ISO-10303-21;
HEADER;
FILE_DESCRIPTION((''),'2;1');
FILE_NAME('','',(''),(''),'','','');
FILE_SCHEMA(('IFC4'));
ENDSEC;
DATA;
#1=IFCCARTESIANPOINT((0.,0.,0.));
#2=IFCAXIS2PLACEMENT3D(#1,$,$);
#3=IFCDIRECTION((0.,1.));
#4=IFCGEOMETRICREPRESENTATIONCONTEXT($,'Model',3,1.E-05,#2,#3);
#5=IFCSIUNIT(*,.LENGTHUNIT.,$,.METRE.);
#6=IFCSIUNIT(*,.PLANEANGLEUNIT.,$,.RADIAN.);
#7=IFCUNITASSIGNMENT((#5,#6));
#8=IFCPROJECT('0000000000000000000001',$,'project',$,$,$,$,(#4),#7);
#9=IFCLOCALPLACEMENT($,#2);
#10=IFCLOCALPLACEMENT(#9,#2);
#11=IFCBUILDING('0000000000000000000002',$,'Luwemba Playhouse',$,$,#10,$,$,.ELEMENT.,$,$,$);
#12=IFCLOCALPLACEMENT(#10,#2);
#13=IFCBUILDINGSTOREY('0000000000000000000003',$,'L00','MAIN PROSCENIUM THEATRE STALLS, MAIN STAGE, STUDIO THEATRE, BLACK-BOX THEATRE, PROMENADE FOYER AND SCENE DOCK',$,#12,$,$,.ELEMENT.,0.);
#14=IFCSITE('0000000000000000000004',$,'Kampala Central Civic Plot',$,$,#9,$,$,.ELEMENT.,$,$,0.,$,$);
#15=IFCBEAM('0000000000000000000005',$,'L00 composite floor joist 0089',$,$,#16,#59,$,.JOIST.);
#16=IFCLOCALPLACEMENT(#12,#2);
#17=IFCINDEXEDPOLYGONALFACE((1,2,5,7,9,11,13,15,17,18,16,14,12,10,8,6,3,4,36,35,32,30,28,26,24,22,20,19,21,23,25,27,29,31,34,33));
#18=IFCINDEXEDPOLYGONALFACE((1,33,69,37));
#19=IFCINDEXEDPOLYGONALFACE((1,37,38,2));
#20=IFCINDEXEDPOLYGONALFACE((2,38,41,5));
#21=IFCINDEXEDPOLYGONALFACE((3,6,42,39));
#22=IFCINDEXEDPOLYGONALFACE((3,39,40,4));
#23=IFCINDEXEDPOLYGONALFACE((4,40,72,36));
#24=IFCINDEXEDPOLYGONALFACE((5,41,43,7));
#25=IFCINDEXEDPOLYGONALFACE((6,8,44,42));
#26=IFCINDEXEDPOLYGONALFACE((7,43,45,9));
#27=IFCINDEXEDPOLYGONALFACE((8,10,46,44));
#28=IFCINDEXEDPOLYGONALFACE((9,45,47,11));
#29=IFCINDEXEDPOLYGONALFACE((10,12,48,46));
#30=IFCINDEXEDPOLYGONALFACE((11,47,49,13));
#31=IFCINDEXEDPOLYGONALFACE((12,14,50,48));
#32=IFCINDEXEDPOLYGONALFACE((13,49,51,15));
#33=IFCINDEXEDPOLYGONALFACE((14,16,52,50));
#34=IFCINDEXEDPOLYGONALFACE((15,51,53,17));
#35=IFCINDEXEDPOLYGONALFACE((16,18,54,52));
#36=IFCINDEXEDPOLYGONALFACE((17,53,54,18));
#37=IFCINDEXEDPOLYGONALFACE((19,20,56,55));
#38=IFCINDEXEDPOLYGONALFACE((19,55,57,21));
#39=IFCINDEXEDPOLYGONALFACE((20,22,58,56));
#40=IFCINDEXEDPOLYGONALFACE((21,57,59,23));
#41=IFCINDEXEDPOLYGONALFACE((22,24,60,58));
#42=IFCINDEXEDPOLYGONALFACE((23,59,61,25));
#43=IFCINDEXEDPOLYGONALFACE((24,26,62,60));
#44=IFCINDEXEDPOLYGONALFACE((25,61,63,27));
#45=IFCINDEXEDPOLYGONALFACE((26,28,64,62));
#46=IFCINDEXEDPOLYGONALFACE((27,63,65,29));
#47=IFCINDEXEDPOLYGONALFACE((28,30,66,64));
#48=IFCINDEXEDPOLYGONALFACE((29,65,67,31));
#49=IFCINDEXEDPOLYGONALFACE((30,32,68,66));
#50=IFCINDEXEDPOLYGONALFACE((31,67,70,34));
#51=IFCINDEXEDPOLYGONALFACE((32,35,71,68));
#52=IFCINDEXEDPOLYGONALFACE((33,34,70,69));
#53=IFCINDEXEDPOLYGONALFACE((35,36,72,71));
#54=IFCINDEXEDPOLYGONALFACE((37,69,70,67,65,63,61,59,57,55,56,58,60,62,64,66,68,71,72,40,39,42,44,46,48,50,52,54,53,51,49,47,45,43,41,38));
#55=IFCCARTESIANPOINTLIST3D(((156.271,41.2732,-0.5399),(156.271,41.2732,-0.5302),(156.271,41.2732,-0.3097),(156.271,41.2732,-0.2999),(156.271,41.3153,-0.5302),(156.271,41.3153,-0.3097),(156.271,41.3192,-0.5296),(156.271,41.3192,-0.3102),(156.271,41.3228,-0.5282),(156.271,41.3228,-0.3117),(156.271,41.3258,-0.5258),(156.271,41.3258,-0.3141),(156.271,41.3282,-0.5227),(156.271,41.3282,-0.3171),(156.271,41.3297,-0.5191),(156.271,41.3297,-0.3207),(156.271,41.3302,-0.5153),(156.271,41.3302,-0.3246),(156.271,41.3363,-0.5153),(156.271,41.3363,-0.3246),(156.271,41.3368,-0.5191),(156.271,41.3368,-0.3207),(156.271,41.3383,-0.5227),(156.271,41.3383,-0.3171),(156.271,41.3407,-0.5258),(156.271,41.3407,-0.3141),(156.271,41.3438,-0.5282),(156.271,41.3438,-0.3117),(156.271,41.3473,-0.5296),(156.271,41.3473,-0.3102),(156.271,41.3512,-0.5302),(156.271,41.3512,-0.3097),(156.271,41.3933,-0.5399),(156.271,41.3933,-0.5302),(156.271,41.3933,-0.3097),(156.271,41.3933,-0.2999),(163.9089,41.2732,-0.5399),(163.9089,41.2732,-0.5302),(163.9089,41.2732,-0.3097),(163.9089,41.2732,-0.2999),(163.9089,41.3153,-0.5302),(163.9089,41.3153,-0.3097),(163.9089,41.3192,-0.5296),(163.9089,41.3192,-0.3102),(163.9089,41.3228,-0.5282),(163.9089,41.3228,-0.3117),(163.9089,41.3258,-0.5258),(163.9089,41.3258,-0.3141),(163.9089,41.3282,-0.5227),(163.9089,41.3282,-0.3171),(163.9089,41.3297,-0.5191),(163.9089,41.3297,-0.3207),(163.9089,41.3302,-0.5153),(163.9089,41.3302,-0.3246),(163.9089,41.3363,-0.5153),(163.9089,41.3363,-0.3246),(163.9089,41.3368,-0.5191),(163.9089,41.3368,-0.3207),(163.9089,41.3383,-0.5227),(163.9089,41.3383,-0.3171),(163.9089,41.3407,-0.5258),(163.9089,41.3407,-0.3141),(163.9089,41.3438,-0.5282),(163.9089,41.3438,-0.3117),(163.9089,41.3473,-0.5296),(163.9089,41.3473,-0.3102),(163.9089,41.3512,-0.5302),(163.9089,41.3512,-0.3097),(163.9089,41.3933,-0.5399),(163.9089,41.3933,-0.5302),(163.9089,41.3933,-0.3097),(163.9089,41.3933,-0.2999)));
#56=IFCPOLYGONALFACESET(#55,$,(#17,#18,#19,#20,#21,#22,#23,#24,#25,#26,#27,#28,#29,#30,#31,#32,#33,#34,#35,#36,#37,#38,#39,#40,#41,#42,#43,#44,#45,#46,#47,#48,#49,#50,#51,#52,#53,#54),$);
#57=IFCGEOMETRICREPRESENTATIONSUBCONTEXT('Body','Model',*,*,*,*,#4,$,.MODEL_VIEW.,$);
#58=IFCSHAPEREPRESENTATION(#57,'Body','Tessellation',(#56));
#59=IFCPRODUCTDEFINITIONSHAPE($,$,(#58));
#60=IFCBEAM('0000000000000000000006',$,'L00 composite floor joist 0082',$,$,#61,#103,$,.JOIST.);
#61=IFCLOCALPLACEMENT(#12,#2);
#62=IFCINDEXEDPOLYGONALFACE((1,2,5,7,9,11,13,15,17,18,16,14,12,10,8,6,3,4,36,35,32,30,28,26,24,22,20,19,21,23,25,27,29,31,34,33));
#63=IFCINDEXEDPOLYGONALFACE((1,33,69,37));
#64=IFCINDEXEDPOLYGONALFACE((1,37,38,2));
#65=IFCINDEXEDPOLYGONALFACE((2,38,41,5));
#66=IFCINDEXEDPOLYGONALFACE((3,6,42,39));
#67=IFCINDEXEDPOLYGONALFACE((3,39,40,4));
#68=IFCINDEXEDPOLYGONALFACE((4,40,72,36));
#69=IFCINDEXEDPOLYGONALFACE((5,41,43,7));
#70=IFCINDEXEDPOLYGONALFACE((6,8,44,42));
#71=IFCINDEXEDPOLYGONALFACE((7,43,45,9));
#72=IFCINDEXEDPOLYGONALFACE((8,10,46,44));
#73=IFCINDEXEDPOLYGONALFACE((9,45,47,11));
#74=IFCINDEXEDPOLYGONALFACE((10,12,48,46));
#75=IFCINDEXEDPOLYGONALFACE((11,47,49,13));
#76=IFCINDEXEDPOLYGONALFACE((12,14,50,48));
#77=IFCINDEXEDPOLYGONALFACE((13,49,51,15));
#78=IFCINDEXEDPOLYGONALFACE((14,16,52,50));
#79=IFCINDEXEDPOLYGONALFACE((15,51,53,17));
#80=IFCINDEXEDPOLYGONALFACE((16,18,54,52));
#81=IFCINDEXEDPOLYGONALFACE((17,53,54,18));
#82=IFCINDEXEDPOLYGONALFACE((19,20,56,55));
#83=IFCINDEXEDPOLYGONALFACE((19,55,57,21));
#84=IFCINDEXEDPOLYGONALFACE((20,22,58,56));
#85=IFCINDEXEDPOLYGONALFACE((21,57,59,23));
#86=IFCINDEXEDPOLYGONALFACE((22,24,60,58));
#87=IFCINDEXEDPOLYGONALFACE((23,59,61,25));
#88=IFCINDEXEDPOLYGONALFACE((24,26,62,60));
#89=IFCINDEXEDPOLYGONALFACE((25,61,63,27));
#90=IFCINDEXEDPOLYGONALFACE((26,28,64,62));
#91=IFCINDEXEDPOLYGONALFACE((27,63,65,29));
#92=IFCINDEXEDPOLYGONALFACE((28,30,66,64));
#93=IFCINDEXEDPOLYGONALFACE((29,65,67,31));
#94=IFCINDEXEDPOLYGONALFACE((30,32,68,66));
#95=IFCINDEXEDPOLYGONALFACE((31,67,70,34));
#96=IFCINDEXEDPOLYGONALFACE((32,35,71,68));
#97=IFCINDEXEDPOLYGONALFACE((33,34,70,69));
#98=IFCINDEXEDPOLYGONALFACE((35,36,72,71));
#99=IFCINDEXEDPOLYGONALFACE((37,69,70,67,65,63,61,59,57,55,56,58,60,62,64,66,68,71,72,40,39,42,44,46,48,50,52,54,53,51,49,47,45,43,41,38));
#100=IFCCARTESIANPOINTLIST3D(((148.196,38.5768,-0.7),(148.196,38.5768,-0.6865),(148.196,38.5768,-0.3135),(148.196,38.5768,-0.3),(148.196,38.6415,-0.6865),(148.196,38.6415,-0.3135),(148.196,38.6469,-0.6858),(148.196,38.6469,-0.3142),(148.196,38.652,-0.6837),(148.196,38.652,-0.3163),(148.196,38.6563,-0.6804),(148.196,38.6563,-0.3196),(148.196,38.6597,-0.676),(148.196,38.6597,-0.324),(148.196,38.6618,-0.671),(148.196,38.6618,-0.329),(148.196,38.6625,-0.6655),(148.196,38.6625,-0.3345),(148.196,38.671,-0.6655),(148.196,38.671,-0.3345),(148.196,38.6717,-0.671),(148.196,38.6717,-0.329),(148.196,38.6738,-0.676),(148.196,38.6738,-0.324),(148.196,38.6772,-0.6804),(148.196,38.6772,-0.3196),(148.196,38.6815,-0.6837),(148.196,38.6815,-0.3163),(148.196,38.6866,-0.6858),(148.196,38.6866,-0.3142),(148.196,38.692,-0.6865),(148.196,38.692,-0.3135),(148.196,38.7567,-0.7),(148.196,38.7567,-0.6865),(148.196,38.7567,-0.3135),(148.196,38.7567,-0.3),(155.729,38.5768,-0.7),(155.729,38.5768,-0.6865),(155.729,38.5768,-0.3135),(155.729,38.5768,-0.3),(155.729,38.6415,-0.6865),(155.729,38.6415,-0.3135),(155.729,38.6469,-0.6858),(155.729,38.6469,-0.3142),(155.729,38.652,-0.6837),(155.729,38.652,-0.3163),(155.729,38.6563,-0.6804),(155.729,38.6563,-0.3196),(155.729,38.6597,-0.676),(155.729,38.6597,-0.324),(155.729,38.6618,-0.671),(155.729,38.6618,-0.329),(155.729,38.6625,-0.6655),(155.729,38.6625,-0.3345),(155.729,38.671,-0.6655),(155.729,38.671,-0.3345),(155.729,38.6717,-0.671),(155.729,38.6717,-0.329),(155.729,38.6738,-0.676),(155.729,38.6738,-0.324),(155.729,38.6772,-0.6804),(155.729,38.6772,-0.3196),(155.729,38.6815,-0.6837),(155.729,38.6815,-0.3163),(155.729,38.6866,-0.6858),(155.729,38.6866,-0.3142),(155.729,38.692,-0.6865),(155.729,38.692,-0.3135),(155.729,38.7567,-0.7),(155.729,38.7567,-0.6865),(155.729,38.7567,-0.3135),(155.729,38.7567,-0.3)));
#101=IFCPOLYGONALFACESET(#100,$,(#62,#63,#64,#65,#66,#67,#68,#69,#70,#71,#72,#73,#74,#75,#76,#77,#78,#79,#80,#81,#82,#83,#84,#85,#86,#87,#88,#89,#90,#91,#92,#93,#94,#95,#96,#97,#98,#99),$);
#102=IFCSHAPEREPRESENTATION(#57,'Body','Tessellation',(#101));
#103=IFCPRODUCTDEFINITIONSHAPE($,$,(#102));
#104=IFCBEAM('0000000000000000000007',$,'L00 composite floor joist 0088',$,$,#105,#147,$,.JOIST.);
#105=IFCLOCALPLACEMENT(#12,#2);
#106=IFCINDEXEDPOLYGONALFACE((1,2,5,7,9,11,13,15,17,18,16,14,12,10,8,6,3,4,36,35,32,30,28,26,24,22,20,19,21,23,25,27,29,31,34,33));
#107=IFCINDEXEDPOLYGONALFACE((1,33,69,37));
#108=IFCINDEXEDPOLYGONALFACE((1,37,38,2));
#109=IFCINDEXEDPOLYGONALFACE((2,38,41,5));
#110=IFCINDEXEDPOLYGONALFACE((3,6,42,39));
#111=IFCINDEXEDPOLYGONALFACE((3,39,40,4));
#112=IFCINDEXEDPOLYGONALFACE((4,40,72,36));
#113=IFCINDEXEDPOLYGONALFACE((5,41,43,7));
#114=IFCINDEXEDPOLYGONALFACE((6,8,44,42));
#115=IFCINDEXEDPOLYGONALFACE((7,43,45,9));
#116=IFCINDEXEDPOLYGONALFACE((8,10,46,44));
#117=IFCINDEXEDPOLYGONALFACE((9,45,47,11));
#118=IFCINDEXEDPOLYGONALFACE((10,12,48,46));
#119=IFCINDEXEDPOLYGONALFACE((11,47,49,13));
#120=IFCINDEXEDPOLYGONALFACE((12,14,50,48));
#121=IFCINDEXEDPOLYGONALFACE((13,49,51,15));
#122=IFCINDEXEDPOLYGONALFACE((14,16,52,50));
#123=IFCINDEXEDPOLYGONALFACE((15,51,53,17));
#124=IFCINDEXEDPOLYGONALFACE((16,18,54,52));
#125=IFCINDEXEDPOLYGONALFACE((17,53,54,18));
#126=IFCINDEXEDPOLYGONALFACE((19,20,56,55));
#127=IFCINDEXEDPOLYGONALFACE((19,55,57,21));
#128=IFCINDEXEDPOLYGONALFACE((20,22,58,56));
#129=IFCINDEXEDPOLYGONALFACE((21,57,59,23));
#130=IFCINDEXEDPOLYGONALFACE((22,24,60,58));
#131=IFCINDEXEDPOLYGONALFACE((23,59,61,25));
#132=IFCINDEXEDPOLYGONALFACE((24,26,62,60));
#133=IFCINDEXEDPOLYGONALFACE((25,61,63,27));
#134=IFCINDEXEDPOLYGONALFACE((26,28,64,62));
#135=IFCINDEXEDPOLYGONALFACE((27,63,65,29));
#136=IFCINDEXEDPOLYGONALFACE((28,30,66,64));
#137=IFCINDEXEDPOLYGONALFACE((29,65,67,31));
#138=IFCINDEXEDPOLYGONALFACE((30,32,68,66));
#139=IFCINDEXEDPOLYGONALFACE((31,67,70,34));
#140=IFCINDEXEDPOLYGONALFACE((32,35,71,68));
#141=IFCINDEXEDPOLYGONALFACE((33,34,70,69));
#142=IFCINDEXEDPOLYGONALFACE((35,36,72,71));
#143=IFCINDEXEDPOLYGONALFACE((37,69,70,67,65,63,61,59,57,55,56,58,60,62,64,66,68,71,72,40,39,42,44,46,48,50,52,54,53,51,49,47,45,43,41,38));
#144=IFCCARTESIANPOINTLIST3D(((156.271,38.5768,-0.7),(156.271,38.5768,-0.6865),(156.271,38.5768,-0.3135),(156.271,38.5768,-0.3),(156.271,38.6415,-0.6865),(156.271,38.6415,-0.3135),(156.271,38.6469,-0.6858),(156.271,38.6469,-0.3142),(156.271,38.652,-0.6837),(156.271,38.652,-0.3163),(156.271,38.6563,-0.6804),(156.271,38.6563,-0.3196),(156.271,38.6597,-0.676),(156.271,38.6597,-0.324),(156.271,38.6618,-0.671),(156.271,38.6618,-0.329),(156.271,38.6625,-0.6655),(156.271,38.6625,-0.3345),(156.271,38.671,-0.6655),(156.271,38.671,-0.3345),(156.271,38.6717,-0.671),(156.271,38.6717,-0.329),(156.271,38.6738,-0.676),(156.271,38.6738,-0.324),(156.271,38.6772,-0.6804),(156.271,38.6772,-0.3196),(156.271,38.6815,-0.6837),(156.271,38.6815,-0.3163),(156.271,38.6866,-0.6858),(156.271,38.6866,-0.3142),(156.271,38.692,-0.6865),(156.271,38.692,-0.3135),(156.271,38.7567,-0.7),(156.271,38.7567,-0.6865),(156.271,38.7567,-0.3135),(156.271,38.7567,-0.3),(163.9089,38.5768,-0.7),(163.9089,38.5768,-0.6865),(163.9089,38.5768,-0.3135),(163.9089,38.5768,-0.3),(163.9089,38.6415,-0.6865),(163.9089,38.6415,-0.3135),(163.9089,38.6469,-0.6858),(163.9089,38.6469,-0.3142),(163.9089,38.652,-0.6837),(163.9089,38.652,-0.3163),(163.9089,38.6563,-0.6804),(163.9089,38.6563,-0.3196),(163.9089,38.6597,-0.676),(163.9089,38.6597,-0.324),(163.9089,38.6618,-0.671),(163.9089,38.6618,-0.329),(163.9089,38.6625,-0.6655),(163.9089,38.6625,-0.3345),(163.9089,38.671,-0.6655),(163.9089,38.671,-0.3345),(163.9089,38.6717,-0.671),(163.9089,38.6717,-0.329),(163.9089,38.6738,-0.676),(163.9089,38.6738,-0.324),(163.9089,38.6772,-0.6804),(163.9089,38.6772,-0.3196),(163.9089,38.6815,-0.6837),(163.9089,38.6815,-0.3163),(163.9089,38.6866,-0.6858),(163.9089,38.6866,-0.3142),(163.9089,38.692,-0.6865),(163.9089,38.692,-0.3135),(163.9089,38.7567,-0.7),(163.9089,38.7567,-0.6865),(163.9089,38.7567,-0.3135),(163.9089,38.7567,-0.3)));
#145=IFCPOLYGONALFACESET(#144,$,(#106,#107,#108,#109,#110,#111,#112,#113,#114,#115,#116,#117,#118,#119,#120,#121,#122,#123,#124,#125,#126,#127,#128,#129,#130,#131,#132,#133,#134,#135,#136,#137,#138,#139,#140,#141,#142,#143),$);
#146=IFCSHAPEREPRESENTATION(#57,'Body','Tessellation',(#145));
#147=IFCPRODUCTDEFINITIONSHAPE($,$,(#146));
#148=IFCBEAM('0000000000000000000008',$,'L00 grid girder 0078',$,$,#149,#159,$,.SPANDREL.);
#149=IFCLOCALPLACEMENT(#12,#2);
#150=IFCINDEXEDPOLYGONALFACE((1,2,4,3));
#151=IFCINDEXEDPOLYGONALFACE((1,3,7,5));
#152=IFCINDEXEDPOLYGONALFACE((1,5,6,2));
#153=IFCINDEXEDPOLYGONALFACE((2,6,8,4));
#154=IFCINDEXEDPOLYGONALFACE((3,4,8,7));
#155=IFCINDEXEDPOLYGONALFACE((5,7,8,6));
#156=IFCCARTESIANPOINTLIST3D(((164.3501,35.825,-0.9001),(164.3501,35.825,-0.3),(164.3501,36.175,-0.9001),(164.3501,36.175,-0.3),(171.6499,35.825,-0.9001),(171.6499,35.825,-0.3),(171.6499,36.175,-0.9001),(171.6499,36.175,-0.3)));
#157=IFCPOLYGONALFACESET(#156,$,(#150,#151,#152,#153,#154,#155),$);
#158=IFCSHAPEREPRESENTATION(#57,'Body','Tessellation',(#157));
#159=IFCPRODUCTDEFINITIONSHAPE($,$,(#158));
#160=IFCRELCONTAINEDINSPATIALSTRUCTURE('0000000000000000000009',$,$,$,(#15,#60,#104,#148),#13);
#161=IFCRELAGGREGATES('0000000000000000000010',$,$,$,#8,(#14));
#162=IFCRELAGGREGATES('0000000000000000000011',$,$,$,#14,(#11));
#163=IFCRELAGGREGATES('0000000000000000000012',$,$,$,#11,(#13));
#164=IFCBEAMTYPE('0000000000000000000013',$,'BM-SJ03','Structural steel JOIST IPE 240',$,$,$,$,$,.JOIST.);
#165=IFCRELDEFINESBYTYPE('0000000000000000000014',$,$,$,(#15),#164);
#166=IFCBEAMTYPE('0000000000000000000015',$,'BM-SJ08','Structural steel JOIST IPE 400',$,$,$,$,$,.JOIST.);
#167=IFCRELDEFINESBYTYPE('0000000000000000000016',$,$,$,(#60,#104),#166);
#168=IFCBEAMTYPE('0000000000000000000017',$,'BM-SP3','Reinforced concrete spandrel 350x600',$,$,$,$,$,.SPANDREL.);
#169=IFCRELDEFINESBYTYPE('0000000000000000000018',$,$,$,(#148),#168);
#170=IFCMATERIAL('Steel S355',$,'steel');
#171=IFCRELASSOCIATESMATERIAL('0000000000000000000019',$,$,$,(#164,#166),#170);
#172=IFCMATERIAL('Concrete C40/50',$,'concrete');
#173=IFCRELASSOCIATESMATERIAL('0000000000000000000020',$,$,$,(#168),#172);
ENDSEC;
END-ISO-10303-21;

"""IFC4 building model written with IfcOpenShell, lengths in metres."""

from ifc_helpers import new_model, si_unit, direction, frame, origin, origin_2d, place, context, subcontext, project, spatial, rectangle, i_section, extrude, material, material_profile, profile_set, type_object, element, save


model = new_model("IFC4")

# Units and contexts
model_context = context("Model", 3, precision=1e-05, world=origin(), true_north=direction((0.0, 1.0)))
body_context = subcontext(model_context, "Body", "Model", "MODEL_VIEW")
ifc_project = project(units=[si_unit("LENGTHUNIT", "METRE"), si_unit("PLANEANGLEUNIT", "RADIAN")], contexts=[model_context])

# Site, building, storey
site_placement = place(None, origin())
site = spatial("IfcSite", under=ifc_project, at=site_placement, Name="Kampala Central Civic Plot", CompositionType="ELEMENT", RefElevation=0.0)
building_placement = place(site_placement, origin())
building = spatial("IfcBuilding", under=site, at=building_placement, Name="Luwemba Playhouse", CompositionType="ELEMENT")
storey_placement = place(building_placement, origin())
storey = spatial("IfcBuildingStorey", under=building, at=storey_placement, Name="L00", Description="MAIN PROSCENIUM THEATRE STALLS, MAIN STAGE, STUDIO THEATRE, BLACK-BOX THEATRE, PROMENADE FOYER AND SCENE DOCK", CompositionType="ELEMENT", Elevation=0.0)

# Shared definitions
ifc_material_1 = material(Name="Concrete C40/50", Category="concrete")

# Beams
ifc_material_2 = material(Name="Steel S355", Category="steel")
ifc_material_profile_1 = material_profile(ifc_material_2, i_section(OverallWidth=0.1201, OverallDepth=0.24, WebThickness=0.0061, FlangeThickness=0.0098, FilletRadius=0.0149, at=origin_2d()))
ifc_profile_set_1 = profile_set([ifc_material_profile_1], Name="Steel S355")
beam_type_1 = type_object("IfcBeamType", Name="BM-SJ03", Description="Structural steel JOIST IPE 240", PredefinedType="JOIST", material=ifc_profile_set_1)
beam_1_placement = place(storey_placement, frame((156.271, 41.3333, -0.4199), z_axis=(1.0, 0.0, 0.0), x_axis=(0.0, 1.0, 0.0)))
element("IfcBeam", 1, at=beam_1_placement, inside=storey, type_object=beam_type_1, Name="L00 composite floor joist 0089", PredefinedType="JOIST", context=body_context, shape_type="SweptSolid", body=[
    extrude(i_section(OverallWidth=0.1201, OverallDepth=0.24, WebThickness=0.0061, FlangeThickness=0.0098, FilletRadius=0.0149, at=origin_2d()), origin(), (0.0, 0.0, 1.0), 7.6379),
])
ifc_material_profile_2 = material_profile(ifc_material_2, i_section(OverallWidth=0.1799, OverallDepth=0.3999, WebThickness=0.0085, FlangeThickness=0.0134, FilletRadius=0.021, at=origin_2d()))
ifc_profile_set_2 = profile_set([ifc_material_profile_2], Name="Steel S355")
beam_type_2 = type_object("IfcBeamType", Name="BM-SJ08", Description="Structural steel JOIST IPE 400", PredefinedType="JOIST", material=ifc_profile_set_2)
beam_2_placement = place(storey_placement, frame((148.196, 38.6667, -0.5), z_axis=(1.0, 0.0, 0.0), x_axis=(0.0, 1.0, 0.0)))
element("IfcBeam", 2, at=beam_2_placement, inside=storey, type_object=beam_type_2, Name="L00 composite floor joist 0082", PredefinedType="JOIST", context=body_context, shape_type="SweptSolid", body=[
    extrude(i_section(OverallWidth=0.1799, OverallDepth=0.3999, WebThickness=0.0085, FlangeThickness=0.0134, FilletRadius=0.021, at=origin_2d()), origin(), (0.0, 0.0, 1.0), 7.533),
])
beam_3_placement = place(storey_placement, frame((156.271, 38.6667, -0.5), z_axis=(1.0, 0.0, 0.0), x_axis=(0.0, 1.0, 0.0)))
element("IfcBeam", 3, at=beam_3_placement, inside=storey, type_object=beam_type_2, Name="L00 composite floor joist 0088", PredefinedType="JOIST", context=body_context, shape_type="SweptSolid", body=[
    extrude(i_section(OverallWidth=0.1799, OverallDepth=0.3999, WebThickness=0.0085, FlangeThickness=0.0134, FilletRadius=0.021, at=origin_2d()), origin(), (0.0, 0.0, 1.0), 7.6379),
])
ifc_material_profile_3 = material_profile(ifc_material_1, rectangle(XDim=0.3501, YDim=0.6001, at=origin_2d()))
ifc_profile_set_3 = profile_set([ifc_material_profile_3], Name="Concrete C40/50")
beam_type_3 = type_object("IfcBeamType", Name="BM-SP3", Description="Reinforced concrete spandrel 350x600", PredefinedType="SPANDREL", material=ifc_profile_set_3)
beam_4_placement = place(storey_placement, frame((164.3501, 36.0, -0.6001), z_axis=(1.0, 0.0, 0.0), x_axis=(0.0, 1.0, 0.0)))
element("IfcBeam", 4, at=beam_4_placement, inside=storey, type_object=beam_type_3, Name="L00 grid girder 0078", PredefinedType="SPANDREL", context=body_context, shape_type="SweptSolid", body=[
    extrude(rectangle(XDim=0.3501, YDim=0.6001, at=origin_2d()), origin(), (0.0, 0.0, 1.0), 7.2998),
])

save(model, "model.ifc")
